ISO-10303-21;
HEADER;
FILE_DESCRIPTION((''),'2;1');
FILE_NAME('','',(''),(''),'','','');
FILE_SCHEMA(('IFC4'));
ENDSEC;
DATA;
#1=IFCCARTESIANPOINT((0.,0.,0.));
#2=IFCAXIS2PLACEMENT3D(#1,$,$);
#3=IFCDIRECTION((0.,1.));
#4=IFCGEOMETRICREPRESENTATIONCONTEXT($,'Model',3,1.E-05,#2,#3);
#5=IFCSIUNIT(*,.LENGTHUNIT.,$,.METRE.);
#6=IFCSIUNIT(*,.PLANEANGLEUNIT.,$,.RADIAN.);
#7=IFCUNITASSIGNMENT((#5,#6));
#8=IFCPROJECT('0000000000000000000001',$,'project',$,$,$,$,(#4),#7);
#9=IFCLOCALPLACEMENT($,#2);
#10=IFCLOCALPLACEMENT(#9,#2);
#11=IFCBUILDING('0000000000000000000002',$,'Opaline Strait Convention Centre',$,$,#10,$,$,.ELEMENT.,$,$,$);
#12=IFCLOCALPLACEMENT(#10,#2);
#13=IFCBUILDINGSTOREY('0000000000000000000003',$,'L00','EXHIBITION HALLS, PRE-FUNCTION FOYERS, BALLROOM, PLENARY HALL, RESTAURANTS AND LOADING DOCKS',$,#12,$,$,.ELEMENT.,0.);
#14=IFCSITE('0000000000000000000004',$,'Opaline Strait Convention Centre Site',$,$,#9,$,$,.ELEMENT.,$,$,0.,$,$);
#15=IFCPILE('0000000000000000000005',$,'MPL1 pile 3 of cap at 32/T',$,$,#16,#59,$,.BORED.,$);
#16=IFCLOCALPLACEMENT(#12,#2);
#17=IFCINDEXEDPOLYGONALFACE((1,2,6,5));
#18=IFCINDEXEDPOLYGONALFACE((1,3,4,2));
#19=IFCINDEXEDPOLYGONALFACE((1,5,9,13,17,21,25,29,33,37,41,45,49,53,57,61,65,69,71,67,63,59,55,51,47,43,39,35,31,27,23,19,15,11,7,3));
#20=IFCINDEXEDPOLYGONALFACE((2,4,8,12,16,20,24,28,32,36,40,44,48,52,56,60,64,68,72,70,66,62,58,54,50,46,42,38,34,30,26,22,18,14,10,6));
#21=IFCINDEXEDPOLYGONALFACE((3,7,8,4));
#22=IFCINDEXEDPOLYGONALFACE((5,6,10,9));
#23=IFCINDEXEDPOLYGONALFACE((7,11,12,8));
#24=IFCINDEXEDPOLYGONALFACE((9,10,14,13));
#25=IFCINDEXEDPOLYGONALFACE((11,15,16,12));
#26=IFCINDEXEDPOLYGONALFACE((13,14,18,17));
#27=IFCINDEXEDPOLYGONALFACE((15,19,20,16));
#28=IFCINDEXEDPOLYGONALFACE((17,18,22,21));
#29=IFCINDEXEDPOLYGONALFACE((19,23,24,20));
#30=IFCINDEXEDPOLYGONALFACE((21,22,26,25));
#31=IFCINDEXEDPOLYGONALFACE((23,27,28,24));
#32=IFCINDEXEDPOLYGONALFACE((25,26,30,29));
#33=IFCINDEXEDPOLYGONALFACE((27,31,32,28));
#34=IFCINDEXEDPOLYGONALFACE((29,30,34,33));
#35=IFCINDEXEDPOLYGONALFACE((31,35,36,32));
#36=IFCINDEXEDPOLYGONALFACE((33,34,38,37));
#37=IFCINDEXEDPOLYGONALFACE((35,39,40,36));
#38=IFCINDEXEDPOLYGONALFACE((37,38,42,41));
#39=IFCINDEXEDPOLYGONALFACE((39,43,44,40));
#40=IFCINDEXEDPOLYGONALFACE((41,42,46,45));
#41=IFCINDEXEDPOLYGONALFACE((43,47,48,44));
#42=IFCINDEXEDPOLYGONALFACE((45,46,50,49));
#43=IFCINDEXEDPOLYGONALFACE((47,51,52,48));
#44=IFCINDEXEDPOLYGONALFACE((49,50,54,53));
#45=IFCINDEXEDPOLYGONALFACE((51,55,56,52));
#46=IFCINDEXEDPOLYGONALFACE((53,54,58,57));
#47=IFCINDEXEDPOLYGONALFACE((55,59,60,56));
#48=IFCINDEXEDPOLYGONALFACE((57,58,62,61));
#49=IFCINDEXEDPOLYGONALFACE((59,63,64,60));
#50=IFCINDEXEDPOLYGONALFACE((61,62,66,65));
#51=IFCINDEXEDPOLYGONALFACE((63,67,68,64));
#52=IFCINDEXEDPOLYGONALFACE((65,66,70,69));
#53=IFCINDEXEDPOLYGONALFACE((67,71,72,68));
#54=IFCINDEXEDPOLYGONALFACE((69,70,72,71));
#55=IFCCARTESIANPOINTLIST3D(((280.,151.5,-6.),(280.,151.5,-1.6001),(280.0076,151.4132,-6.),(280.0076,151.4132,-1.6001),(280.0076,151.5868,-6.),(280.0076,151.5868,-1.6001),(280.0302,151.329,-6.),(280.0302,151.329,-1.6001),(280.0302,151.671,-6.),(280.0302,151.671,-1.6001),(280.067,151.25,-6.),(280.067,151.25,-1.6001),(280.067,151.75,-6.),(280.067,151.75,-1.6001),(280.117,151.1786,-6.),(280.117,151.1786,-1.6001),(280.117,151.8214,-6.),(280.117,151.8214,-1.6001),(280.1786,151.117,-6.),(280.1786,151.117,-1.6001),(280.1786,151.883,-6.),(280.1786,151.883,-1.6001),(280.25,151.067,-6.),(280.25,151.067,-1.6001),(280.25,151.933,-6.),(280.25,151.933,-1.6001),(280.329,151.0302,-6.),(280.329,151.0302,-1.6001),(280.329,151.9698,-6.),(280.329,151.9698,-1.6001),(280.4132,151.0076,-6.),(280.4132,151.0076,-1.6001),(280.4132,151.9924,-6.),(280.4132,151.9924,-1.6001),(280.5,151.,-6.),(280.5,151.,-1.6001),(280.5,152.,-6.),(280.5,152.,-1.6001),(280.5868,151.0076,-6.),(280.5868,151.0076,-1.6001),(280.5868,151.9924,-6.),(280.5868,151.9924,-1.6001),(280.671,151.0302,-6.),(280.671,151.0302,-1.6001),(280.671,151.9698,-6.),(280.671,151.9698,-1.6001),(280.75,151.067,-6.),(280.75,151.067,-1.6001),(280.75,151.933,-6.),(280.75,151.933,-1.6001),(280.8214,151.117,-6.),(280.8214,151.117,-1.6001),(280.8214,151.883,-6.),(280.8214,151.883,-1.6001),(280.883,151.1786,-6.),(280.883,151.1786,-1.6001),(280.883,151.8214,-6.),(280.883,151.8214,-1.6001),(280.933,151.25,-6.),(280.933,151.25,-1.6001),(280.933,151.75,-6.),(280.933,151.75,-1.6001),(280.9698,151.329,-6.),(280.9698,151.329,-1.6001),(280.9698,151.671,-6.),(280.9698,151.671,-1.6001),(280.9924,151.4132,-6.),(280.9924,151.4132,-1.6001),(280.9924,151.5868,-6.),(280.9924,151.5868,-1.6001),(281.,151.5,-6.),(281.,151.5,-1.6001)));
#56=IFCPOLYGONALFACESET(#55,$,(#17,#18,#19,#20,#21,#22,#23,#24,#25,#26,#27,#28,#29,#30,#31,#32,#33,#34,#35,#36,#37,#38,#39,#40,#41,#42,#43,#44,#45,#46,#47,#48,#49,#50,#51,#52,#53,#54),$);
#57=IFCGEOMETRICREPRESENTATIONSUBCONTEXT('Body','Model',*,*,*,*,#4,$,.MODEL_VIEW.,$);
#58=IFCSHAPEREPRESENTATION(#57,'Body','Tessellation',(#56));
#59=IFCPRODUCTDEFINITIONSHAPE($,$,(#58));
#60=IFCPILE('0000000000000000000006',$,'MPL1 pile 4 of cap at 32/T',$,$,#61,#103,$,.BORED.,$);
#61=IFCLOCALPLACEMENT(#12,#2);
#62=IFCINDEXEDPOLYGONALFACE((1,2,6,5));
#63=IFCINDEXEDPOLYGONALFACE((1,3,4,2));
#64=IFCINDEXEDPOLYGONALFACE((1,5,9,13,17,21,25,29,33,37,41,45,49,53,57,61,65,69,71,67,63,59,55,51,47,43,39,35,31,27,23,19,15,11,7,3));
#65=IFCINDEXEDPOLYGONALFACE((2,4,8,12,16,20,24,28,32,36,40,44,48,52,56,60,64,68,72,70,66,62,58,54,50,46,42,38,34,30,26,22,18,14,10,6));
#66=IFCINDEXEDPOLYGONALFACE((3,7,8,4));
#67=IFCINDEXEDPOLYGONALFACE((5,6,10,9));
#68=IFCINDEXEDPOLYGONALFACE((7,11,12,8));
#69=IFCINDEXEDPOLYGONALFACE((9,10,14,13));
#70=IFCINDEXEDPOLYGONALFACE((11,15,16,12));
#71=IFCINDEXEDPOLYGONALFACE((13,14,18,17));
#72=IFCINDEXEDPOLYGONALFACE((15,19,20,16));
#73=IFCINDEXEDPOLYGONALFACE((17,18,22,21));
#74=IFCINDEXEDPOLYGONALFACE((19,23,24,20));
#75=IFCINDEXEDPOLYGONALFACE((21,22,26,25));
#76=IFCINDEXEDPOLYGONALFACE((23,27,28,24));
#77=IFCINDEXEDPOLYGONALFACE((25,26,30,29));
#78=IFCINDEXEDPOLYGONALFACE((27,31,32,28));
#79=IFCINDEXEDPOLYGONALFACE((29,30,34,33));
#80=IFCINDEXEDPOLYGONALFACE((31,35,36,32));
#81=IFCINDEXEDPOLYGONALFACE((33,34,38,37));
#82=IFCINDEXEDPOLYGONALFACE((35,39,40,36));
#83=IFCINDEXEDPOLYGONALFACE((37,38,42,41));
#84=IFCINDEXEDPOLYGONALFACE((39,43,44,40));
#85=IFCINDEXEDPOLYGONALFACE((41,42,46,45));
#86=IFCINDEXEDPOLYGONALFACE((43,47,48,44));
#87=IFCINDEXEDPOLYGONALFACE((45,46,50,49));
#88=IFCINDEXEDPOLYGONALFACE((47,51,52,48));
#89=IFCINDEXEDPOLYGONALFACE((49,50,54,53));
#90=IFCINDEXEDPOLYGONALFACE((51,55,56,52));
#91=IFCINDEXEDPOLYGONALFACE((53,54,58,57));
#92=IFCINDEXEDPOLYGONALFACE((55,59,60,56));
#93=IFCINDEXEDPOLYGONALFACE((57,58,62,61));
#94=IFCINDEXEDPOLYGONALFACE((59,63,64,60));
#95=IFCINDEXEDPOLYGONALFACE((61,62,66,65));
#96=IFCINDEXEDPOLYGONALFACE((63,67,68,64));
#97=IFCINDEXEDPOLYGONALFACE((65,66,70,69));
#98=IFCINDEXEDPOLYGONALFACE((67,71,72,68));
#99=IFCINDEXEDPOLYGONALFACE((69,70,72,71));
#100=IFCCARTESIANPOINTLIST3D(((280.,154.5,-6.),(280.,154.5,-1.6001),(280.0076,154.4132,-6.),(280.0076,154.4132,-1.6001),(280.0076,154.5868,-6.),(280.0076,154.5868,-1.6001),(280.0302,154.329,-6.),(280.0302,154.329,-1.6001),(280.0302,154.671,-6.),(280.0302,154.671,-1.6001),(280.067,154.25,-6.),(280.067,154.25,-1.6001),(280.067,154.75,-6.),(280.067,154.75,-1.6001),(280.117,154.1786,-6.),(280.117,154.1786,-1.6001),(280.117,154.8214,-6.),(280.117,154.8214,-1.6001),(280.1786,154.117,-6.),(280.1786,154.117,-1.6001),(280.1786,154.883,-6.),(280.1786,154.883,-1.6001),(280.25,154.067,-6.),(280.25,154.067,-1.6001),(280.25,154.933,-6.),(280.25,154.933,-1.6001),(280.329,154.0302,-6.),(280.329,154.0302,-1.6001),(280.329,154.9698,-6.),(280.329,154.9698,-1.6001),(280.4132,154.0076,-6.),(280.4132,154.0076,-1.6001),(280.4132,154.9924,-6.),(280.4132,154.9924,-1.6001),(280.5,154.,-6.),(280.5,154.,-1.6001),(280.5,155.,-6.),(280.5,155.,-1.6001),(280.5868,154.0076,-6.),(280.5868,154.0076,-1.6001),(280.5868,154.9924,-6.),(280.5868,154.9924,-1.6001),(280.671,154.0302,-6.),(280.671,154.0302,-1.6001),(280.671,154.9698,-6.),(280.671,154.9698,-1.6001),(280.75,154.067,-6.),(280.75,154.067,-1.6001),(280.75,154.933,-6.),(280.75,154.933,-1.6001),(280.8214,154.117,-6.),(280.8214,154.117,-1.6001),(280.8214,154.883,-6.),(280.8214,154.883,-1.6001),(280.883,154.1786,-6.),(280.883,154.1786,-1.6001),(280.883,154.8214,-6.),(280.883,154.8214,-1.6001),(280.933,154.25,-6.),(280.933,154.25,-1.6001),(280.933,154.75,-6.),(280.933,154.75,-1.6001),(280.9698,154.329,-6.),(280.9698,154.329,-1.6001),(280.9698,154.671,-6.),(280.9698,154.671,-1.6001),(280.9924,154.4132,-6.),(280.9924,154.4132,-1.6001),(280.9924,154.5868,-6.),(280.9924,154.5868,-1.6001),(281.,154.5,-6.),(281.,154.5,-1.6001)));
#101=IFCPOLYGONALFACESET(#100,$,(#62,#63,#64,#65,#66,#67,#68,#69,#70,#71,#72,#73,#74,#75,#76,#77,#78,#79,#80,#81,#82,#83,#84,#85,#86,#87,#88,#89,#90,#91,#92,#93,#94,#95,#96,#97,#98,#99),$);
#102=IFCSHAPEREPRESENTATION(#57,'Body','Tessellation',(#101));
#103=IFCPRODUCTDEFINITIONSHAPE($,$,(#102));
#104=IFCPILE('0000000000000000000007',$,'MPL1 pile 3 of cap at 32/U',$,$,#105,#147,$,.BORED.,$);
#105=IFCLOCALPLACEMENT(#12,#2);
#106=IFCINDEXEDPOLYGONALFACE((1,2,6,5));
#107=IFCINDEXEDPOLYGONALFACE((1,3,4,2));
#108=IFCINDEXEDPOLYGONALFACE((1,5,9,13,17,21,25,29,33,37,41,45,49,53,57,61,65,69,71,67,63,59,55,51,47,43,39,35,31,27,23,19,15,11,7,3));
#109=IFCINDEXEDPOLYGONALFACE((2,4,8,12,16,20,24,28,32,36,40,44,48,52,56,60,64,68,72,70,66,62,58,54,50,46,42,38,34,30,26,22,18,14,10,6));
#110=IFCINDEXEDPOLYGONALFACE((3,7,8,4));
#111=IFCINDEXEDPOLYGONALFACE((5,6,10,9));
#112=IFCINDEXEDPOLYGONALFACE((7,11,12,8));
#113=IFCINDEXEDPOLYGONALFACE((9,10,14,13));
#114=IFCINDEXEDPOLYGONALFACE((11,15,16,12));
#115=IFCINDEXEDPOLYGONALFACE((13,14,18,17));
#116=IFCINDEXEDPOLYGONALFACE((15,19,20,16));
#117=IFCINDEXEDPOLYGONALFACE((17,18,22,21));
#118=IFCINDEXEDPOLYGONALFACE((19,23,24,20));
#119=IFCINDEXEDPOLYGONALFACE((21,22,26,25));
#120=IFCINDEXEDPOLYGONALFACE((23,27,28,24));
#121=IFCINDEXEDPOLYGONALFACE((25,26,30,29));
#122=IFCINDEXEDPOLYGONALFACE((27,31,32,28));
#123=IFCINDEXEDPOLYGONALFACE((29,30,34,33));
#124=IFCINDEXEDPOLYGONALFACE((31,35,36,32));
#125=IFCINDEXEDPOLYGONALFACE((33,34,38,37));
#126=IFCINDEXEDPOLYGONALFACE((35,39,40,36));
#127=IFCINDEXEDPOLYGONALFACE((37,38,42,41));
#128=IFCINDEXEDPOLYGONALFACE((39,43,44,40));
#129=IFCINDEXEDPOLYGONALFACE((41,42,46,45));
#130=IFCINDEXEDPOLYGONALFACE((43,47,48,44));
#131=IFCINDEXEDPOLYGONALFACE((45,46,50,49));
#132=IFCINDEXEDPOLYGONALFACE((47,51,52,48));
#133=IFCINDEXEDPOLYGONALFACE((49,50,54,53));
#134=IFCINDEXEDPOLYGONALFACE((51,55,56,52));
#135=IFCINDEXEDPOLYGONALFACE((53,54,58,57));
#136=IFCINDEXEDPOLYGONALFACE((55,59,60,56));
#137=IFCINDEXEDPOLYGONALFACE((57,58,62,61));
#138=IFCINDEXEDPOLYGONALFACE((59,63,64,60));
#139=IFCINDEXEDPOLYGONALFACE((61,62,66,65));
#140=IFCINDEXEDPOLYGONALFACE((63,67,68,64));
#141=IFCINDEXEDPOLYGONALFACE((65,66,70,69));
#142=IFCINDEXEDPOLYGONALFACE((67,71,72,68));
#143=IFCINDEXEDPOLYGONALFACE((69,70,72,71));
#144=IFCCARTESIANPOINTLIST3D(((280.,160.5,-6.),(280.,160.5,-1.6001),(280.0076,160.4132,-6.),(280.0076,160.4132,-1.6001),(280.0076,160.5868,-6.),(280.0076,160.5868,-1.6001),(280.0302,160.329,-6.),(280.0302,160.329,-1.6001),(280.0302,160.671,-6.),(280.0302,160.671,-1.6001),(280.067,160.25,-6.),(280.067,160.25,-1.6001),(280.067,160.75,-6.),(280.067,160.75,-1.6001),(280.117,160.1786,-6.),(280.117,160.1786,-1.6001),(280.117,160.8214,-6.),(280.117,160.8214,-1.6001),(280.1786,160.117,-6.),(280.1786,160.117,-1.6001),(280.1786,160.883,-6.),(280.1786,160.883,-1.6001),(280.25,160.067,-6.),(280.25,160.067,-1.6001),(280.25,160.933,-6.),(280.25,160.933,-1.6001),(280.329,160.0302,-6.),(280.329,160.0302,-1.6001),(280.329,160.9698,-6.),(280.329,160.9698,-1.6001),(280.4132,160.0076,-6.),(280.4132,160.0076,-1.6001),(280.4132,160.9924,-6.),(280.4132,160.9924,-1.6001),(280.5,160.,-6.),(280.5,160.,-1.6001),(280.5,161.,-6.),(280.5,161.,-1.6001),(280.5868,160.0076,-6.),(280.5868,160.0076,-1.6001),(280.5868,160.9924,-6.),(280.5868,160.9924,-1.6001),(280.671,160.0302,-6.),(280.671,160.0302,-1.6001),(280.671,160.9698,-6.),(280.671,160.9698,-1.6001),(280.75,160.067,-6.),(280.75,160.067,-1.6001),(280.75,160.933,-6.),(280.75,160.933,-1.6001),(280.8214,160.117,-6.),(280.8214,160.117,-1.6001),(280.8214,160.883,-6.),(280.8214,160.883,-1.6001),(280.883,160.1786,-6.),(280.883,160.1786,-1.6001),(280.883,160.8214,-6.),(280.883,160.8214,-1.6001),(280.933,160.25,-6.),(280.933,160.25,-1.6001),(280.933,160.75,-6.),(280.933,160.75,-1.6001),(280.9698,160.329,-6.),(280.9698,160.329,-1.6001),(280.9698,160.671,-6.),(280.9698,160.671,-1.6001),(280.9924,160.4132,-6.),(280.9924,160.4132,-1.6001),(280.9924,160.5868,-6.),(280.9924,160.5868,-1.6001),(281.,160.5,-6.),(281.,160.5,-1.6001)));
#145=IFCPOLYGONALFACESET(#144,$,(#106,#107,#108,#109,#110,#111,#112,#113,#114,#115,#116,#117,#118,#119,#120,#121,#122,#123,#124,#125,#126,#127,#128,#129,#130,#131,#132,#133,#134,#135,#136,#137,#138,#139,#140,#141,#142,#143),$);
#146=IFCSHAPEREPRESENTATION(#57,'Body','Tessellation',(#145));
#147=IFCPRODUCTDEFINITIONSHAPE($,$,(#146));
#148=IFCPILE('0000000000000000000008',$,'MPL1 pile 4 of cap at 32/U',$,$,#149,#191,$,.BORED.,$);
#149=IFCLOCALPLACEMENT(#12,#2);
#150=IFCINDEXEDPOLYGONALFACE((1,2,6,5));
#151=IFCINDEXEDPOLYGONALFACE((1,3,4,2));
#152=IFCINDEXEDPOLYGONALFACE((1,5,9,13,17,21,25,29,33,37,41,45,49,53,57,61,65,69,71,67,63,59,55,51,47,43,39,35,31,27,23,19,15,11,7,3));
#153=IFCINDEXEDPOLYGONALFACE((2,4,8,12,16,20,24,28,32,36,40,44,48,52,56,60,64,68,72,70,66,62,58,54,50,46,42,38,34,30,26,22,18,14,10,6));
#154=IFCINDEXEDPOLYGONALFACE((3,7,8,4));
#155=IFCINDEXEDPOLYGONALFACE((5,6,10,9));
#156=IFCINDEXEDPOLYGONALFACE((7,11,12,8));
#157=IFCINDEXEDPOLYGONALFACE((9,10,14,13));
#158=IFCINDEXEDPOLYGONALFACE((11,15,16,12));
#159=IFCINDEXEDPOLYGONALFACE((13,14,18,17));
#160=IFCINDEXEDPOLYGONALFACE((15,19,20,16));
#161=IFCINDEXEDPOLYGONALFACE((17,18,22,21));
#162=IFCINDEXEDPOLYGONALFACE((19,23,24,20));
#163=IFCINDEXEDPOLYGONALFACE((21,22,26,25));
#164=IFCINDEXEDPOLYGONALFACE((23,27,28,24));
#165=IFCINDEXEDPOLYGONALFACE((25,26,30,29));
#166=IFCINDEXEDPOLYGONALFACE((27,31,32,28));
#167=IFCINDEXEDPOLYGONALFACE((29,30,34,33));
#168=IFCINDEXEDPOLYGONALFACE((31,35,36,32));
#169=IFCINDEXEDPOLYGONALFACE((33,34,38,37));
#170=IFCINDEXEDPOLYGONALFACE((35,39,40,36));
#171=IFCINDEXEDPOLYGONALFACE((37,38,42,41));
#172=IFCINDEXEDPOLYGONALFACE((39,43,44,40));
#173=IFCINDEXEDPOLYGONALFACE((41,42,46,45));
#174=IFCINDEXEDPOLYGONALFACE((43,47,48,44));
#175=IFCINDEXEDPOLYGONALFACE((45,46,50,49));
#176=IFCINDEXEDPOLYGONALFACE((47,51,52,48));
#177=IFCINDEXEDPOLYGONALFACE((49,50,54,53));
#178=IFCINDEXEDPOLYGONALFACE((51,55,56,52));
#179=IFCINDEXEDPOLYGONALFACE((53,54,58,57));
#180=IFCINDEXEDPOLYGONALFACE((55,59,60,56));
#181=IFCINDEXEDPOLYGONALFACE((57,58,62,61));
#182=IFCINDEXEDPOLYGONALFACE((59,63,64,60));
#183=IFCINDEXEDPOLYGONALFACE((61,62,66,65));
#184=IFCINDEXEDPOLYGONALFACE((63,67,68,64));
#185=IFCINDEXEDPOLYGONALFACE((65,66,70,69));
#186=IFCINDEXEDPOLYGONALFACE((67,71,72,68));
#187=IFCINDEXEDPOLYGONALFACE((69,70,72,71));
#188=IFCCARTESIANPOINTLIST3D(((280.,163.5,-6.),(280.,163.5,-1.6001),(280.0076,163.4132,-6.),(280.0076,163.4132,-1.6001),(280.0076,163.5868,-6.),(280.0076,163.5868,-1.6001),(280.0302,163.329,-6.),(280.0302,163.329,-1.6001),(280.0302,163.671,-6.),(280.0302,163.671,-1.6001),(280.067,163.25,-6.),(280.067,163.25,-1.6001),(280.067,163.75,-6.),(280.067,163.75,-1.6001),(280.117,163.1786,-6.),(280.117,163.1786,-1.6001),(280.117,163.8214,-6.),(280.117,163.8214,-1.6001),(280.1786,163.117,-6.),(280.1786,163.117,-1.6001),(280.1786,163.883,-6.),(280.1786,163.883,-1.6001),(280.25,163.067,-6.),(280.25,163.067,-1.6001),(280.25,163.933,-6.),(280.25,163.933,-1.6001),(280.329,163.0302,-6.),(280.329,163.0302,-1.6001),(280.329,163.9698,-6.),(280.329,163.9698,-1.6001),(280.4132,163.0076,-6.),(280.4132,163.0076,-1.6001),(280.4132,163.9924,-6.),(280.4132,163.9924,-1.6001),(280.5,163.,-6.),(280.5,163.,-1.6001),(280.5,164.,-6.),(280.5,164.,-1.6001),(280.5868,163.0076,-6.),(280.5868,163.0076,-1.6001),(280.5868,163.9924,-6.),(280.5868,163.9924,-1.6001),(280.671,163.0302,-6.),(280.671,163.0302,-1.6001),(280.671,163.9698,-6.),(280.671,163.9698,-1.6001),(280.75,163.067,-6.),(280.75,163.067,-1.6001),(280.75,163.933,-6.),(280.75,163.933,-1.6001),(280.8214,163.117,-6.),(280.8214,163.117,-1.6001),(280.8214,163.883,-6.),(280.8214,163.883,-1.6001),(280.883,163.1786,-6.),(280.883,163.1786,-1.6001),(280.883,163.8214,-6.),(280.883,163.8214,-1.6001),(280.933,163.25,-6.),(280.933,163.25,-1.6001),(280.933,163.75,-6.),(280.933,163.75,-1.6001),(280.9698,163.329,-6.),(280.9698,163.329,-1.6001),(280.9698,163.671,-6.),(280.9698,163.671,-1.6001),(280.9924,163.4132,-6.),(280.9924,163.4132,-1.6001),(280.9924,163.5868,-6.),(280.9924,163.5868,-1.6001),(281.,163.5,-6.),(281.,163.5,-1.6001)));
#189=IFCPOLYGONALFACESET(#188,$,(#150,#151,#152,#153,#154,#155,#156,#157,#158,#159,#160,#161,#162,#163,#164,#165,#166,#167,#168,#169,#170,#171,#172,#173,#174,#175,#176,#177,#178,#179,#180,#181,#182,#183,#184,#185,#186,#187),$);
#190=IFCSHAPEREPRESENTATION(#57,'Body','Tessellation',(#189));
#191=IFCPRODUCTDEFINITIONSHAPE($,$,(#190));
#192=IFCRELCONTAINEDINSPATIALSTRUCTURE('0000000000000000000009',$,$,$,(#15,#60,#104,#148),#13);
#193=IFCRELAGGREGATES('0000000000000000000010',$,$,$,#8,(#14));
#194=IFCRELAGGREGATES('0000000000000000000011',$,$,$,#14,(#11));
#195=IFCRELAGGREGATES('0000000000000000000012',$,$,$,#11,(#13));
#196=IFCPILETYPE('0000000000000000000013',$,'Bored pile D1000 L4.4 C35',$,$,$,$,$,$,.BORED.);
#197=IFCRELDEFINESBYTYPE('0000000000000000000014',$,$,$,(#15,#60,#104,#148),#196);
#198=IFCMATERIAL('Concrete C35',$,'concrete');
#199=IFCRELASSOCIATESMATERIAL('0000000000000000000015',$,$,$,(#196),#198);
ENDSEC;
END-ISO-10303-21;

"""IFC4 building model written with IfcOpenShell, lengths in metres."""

from ifc_helpers import new_model, si_unit, direction, frame, origin, origin_2d, place, context, subcontext, project, spatial, circle, extrude, material, material_profile, profile_set, type_object, element, save


model = new_model("IFC4")

# Units and contexts
model_context = context("Model", 3, precision=1e-05, world=origin(), true_north=direction((0.0, 1.0)))
body_context = subcontext(model_context, "Body", "Model", "MODEL_VIEW")
ifc_project = project(units=[si_unit("LENGTHUNIT", "METRE"), si_unit("PLANEANGLEUNIT", "RADIAN")], contexts=[model_context])

# Site, building, storey
site_placement = place(None, origin())
site = spatial("IfcSite", under=ifc_project, at=site_placement, Name="Opaline Strait Convention Centre Site", CompositionType="ELEMENT", RefElevation=0.0)
building_placement = place(site_placement, origin())
building = spatial("IfcBuilding", under=site, at=building_placement, Name="Opaline Strait Convention Centre", CompositionType="ELEMENT")
storey_placement = place(building_placement, origin())
storey = spatial("IfcBuildingStorey", under=building, at=storey_placement, Name="L00", Description="EXHIBITION HALLS, PRE-FUNCTION FOYERS, BALLROOM, PLENARY HALL, RESTAURANTS AND LOADING DOCKS", CompositionType="ELEMENT", Elevation=0.0)

# Piles
ifc_material_1 = material(Name="Concrete C35", Category="concrete")
ifc_material_profile_1 = material_profile(ifc_material_1, circle(Radius=0.5, at=origin_2d()), Name="D1000")
ifc_profile_set_1 = profile_set([ifc_material_profile_1], Name="Concrete C35")
pile_type = type_object("IfcPileType", Name="Bored pile D1000 L4.4 C35", PredefinedType="BORED", material=ifc_profile_set_1)
for number, where, z_axis, x_axis, name in (
    (1, (280.5, 151.5, -1.6001), (0.0, 0.0, -1.0), (1.0, 0.0, 0.0), "MPL1 pile 3 of cap at 32/T"),
    (2, (280.5, 154.5, -1.6001), (0.0, 0.0, -1.0), (1.0, 0.0, 0.0), "MPL1 pile 4 of cap at 32/T"),
    (3, (280.5, 160.5, -1.6001), (0.0, 0.0, -1.0), (1.0, 0.0, 0.0), "MPL1 pile 3 of cap at 32/U"),
    (4, (280.5, 163.5, -1.6001), (0.0, 0.0, -1.0), (1.0, 0.0, 0.0), "MPL1 pile 4 of cap at 32/U"),
):
    element("IfcPile", number, at=place(storey_placement, frame(where, z_axis=z_axis, x_axis=x_axis)), inside=storey, type_object=pile_type, Name=name, PredefinedType="BORED", context=body_context, shape_type="SweptSolid", body=[
        extrude(circle(Radius=0.5, at=origin_2d()), origin(), (0.0, 0.0, 1.0), 4.3999),
    ])

save(model, "model.ifc")
